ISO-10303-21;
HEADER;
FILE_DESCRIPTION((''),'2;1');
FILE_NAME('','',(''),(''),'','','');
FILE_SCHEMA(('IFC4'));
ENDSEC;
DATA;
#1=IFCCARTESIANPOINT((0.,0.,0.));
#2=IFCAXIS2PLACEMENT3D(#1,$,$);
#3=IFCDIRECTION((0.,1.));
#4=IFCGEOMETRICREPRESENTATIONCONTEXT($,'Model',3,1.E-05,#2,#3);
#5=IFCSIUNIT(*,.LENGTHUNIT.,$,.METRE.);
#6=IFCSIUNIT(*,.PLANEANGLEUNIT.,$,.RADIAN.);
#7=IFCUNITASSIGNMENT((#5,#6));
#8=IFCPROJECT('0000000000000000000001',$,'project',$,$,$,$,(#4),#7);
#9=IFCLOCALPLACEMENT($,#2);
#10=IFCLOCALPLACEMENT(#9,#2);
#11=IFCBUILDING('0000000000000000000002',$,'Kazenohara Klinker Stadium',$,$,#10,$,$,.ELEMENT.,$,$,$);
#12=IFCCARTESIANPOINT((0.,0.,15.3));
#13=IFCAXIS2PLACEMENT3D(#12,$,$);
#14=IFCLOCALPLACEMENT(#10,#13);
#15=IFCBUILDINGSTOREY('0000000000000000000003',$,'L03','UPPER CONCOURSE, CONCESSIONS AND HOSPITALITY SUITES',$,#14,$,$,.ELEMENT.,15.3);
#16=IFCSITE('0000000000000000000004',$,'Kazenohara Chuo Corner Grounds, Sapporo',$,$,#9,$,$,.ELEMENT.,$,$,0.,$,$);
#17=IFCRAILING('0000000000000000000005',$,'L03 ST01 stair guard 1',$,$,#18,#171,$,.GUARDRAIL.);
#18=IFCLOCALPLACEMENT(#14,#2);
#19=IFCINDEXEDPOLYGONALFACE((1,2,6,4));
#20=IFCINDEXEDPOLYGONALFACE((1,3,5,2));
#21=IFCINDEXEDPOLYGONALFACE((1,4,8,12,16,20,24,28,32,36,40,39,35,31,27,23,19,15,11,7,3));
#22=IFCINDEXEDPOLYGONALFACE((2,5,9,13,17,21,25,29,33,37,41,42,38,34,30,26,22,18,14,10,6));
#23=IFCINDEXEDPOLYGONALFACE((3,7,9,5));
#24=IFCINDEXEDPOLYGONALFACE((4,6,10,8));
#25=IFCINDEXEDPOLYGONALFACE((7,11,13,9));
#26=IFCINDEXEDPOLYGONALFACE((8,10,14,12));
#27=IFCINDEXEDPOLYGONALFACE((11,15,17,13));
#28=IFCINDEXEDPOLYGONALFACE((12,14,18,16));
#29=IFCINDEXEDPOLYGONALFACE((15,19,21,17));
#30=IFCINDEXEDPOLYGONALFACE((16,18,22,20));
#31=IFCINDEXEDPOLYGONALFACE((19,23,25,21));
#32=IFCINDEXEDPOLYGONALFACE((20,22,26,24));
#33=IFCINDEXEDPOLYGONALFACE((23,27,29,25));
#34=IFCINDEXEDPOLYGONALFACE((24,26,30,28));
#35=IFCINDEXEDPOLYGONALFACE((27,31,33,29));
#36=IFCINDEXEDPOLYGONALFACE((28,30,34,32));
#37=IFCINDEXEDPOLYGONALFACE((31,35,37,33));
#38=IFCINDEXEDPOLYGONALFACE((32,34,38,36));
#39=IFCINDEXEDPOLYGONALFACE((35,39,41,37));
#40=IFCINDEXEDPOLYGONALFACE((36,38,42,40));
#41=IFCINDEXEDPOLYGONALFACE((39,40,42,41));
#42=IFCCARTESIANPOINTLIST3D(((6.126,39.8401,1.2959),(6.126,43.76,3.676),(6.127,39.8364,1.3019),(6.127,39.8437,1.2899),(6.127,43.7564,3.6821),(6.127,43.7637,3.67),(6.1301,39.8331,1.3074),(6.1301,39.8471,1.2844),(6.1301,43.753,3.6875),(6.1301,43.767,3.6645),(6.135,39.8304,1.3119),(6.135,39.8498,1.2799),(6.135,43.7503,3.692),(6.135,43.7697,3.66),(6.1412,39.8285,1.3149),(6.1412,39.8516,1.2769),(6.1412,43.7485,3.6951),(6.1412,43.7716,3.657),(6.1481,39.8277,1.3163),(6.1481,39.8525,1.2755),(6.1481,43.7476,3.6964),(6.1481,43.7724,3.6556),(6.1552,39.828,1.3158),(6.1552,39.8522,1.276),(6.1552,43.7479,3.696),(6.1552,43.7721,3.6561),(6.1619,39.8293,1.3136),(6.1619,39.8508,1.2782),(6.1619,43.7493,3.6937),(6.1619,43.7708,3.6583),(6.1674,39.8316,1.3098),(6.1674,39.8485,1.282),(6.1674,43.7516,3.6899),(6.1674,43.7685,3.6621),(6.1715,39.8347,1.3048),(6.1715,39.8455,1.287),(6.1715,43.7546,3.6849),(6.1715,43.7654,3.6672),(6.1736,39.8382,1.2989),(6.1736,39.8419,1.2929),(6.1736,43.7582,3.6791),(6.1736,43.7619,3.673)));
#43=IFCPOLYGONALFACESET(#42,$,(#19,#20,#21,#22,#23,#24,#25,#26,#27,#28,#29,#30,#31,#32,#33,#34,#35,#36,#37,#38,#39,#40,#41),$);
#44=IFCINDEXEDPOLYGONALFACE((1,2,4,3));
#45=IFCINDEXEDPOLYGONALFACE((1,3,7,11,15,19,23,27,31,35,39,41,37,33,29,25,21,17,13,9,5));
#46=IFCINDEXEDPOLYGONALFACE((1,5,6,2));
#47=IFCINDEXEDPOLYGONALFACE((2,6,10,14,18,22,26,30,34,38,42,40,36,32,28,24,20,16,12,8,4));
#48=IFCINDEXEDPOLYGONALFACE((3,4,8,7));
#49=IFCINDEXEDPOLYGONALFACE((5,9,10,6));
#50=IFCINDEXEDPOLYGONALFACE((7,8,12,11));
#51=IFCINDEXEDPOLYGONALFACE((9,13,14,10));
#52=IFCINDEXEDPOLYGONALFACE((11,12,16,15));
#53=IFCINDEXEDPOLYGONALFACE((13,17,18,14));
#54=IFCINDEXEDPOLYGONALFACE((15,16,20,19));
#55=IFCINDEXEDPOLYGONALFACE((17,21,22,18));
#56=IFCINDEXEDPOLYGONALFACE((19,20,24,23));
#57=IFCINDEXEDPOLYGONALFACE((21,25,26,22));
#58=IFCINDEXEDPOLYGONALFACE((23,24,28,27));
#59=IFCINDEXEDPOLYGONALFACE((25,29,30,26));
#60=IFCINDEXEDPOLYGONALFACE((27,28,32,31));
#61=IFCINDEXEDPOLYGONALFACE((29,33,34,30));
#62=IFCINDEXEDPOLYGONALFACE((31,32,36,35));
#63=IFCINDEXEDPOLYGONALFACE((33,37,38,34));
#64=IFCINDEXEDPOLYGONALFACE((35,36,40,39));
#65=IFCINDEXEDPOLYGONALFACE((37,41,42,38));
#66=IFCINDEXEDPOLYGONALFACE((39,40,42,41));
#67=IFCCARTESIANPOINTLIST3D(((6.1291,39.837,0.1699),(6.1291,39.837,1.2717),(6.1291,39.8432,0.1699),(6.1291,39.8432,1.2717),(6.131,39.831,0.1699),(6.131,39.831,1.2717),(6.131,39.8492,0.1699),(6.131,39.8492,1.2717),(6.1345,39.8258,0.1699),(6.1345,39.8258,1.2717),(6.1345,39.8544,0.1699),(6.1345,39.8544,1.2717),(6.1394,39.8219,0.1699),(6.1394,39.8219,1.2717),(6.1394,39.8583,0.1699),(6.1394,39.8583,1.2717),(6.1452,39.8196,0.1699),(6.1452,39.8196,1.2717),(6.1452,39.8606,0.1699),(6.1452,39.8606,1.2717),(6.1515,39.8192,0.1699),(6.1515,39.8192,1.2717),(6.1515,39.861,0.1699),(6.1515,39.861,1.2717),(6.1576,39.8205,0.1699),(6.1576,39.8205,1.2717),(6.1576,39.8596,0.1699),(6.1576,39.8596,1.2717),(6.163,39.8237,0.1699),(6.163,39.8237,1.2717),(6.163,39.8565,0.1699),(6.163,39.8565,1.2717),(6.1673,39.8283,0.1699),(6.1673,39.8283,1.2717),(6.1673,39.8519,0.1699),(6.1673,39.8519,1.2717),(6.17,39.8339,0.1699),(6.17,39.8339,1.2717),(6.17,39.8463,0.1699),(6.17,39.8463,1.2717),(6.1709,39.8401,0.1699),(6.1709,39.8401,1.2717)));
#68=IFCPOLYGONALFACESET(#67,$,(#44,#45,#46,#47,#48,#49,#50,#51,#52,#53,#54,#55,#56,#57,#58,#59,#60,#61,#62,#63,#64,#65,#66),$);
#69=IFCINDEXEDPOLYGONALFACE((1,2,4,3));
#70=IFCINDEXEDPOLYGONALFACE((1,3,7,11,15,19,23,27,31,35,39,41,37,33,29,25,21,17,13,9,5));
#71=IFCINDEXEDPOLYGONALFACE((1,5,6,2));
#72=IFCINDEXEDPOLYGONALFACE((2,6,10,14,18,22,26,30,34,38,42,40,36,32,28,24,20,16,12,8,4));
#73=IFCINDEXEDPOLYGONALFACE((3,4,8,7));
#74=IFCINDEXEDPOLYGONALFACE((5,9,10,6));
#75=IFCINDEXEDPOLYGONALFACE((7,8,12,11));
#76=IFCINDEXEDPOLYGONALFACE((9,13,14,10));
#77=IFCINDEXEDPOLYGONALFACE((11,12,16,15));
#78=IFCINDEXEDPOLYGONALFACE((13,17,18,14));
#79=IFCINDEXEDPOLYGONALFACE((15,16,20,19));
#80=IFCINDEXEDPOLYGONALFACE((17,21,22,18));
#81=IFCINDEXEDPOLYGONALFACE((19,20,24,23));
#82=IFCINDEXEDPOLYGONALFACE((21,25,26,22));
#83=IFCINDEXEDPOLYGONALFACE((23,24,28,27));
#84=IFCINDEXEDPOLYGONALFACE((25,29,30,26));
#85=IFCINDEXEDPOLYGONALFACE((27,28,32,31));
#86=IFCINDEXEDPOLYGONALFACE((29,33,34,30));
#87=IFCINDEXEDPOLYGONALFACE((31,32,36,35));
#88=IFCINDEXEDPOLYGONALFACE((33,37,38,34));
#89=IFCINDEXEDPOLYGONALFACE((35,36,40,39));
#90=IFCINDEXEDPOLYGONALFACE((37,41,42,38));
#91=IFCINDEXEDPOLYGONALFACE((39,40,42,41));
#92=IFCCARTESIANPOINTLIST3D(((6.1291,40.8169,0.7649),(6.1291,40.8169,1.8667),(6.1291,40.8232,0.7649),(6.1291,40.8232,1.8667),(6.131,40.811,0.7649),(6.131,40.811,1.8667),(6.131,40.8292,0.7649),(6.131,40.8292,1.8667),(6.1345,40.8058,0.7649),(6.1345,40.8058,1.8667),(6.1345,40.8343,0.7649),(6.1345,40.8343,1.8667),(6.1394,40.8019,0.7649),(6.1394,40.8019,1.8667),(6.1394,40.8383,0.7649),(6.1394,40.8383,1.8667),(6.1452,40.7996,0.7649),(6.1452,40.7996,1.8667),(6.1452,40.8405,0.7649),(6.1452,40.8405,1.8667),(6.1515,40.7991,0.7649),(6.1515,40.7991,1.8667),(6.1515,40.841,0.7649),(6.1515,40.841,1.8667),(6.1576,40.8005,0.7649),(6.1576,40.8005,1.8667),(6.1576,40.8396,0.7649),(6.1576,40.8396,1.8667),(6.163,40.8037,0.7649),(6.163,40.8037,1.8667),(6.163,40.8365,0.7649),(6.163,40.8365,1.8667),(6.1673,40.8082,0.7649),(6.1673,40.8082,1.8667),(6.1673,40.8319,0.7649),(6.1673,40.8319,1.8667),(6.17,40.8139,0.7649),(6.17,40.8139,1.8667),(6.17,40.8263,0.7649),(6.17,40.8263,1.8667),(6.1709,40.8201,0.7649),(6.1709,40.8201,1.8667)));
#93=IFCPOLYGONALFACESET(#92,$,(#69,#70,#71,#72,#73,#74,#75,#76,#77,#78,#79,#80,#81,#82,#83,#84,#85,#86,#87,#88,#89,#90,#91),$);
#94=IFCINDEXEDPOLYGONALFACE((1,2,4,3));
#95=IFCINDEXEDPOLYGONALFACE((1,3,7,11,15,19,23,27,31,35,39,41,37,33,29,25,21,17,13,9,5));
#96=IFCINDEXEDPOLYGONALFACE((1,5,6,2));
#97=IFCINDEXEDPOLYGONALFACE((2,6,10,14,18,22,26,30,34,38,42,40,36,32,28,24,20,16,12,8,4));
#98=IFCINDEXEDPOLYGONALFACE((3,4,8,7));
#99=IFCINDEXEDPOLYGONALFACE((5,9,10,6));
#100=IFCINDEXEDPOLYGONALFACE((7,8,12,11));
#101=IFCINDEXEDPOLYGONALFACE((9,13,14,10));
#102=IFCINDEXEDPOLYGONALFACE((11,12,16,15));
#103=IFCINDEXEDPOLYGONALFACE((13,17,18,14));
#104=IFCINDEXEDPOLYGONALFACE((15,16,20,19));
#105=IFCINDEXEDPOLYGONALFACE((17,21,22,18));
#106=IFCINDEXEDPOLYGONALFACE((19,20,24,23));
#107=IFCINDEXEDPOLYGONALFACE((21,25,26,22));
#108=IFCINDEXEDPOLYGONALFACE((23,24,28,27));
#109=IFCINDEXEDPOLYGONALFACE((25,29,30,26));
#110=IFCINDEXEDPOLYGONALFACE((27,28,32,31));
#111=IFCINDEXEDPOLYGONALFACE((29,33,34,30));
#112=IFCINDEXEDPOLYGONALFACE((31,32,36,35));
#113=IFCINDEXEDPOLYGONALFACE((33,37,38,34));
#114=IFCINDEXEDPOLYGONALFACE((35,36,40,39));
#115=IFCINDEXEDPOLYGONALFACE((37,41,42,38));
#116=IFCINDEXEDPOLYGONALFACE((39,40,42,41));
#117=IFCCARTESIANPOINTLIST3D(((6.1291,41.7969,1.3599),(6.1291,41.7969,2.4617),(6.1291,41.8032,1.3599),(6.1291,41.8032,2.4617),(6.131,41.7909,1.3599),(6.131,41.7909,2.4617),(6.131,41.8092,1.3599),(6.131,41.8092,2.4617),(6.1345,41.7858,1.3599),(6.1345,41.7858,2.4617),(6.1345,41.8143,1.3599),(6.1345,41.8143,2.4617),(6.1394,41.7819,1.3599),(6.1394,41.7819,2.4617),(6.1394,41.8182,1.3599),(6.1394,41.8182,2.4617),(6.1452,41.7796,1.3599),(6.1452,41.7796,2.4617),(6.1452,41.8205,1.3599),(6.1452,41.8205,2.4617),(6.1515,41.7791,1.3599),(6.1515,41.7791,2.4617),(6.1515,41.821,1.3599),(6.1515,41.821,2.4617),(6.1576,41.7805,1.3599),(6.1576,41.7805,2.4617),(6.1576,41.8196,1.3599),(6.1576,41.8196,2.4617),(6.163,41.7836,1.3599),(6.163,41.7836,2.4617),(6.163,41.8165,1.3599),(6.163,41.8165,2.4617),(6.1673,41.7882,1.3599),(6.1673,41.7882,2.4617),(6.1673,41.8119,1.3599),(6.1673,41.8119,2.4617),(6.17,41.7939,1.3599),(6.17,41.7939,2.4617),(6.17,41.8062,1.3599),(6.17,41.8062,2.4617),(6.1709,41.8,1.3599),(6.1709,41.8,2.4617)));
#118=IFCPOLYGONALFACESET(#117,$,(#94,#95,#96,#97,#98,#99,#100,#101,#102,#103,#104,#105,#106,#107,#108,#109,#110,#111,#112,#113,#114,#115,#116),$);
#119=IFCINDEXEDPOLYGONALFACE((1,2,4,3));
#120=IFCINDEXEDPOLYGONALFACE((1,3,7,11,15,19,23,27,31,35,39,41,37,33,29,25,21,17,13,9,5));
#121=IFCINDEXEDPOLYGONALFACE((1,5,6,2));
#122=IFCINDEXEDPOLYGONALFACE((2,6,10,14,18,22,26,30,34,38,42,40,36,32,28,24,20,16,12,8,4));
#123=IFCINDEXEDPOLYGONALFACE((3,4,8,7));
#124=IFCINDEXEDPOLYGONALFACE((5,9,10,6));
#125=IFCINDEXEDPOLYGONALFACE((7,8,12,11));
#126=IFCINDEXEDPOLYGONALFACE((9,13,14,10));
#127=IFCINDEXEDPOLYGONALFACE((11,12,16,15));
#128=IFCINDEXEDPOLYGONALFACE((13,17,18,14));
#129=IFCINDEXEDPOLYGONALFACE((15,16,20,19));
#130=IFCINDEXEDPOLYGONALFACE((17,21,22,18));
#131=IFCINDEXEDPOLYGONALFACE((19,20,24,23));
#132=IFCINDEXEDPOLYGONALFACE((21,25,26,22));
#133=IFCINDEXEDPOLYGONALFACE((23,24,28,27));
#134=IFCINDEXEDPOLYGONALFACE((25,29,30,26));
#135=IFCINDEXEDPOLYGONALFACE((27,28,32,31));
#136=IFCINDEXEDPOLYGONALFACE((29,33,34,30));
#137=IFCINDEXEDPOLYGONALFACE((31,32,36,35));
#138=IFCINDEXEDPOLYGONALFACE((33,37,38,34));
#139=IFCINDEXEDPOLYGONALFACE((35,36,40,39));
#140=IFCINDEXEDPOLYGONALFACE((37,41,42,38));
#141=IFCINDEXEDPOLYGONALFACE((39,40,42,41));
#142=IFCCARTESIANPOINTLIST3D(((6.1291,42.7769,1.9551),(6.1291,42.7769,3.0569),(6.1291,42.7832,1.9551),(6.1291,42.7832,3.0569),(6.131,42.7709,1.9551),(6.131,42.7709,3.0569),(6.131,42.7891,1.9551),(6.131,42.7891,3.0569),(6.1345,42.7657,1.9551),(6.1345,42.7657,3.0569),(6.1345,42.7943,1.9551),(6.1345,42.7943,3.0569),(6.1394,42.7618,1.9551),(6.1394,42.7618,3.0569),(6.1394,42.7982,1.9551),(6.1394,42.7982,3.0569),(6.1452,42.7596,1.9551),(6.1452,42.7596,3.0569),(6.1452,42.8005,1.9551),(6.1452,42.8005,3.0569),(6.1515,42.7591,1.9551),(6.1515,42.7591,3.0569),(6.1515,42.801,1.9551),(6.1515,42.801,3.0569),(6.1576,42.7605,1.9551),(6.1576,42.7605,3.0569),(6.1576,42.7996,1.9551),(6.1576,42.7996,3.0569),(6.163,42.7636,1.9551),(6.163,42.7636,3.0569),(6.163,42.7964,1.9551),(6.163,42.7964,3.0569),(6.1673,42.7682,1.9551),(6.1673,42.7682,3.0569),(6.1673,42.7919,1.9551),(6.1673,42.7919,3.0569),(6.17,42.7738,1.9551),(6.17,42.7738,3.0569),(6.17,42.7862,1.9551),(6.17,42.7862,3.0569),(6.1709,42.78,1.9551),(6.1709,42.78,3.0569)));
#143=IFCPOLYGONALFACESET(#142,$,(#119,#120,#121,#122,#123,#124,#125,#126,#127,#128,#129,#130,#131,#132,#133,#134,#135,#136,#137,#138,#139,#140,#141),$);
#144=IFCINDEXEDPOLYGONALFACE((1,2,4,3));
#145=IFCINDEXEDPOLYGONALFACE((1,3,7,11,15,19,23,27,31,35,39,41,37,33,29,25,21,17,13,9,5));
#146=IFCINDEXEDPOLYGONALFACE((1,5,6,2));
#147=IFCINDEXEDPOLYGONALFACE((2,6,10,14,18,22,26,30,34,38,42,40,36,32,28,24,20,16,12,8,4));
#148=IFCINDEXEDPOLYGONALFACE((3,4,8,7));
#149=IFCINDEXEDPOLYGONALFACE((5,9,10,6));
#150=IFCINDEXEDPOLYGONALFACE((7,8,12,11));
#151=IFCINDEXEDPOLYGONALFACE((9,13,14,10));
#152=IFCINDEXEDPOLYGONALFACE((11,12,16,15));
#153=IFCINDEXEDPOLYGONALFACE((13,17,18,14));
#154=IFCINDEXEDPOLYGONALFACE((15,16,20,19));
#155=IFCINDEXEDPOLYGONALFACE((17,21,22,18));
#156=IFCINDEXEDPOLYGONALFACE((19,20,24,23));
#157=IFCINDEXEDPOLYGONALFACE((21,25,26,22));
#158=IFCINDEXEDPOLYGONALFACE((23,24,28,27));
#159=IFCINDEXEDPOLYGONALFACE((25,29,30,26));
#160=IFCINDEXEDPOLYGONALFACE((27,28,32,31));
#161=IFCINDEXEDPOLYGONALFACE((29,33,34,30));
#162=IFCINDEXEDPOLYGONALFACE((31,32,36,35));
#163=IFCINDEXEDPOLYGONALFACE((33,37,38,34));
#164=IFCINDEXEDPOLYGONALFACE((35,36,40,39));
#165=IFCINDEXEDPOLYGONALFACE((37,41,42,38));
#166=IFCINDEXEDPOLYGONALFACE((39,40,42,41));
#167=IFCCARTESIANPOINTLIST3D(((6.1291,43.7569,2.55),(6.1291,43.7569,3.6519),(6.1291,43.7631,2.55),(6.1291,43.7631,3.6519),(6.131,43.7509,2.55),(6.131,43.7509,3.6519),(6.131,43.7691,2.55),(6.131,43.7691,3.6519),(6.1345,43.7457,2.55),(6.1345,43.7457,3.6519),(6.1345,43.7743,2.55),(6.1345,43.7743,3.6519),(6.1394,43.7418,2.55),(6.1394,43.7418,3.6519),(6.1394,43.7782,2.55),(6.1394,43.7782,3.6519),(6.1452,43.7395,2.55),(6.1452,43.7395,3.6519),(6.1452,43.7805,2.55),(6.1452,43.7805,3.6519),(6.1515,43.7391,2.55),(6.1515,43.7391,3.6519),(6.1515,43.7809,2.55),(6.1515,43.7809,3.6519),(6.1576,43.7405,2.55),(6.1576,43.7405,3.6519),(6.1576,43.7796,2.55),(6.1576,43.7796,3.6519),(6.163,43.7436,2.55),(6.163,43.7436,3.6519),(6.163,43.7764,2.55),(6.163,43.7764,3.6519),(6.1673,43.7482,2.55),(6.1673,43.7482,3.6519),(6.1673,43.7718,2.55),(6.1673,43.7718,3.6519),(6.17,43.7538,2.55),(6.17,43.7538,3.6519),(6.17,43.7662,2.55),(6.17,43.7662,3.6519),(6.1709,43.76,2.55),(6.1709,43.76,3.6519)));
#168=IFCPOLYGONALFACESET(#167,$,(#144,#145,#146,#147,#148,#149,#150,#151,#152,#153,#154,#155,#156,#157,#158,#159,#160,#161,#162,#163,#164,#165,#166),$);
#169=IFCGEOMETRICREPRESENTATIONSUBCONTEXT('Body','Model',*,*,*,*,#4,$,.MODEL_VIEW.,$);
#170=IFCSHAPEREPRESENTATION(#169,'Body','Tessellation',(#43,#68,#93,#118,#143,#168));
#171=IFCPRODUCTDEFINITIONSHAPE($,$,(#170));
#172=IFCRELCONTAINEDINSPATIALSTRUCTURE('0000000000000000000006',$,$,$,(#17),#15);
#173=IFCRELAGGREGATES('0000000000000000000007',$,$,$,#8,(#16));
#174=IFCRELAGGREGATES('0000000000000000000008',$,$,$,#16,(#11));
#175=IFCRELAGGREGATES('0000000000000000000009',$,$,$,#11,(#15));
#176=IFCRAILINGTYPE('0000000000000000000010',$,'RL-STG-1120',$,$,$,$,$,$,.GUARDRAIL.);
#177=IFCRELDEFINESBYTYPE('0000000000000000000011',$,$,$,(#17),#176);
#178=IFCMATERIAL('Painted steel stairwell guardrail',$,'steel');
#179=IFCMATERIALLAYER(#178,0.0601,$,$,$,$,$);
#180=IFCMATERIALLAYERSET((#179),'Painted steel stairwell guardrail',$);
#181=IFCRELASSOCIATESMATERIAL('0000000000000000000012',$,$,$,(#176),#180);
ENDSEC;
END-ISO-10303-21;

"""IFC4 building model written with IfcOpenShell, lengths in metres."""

from ifc_helpers import new_model, si_unit, direction, frame, origin, origin_2d, place, context, subcontext, project, spatial, circle, extrude, material, layer, layer_set, type_object, element, save


model = new_model("IFC4")

# Units and contexts
model_context = context("Model", 3, precision=1e-05, world=origin(), true_north=direction((0.0, 1.0)))
body_context = subcontext(model_context, "Body", "Model", "MODEL_VIEW")
ifc_project = project(units=[si_unit("LENGTHUNIT", "METRE"), si_unit("PLANEANGLEUNIT", "RADIAN")], contexts=[model_context])

# Site, building, storey
site_placement = place(None, origin())
site = spatial("IfcSite", under=ifc_project, at=site_placement, Name="Kazenohara Chuo Corner Grounds, Sapporo", CompositionType="ELEMENT", RefElevation=0.0)
building_placement = place(site_placement, origin())
building = spatial("IfcBuilding", under=site, at=building_placement, Name="Kazenohara Klinker Stadium", CompositionType="ELEMENT")
storey_placement = place(building_placement, frame((0.0, 0.0, 15.3)))
storey = spatial("IfcBuildingStorey", under=building, at=storey_placement, Name="L03", Description="UPPER CONCOURSE, CONCESSIONS AND HOSPITALITY SUITES", CompositionType="ELEMENT", Elevation=15.3)

# Railing
ifc_material_1 = material(Name="Painted steel stairwell guardrail", Category="steel")
ifc_layer_1 = layer(ifc_material_1, 0.0601)
ifc_layer_set_1 = layer_set([ifc_layer_1], Name="Painted steel stairwell guardrail")
railing_type_1 = type_object("IfcRailingType", Name="RL-STG-1120", PredefinedType="GUARDRAIL", material=ifc_layer_set_1)
railing_1_placement = place(storey_placement, frame((6.1499, 39.8401, 0.1699)))
element("IfcRailing", 1, at=railing_1_placement, inside=storey, type_object=railing_type_1, Name="L03 ST01 stair guard 1", PredefinedType="GUARDRAIL", context=body_context, shape_type="SweptSolid", body=[
    extrude(circle(Radius=0.0239, at=origin_2d()), frame((0.0, 0.0, 1.126), z_axis=(0.0, 0.854771, 0.519006), x_axis=(-1.0, 0.0, 0.0)), (0.0, 0.0, 1.0), 4.5859),
    extrude(circle(Radius=0.021, at=origin_2d()), origin(), (0.0, 0.0, 1.0), 1.1018),
    extrude(circle(Radius=0.021, at=origin_2d()), frame((0.0, 0.98, 0.595)), (0.0, 0.0, 1.0), 1.1018),
    extrude(circle(Radius=0.021, at=origin_2d()), frame((0.0, 1.96, 1.1899)), (0.0, 0.0, 1.0), 1.1018),
    extrude(circle(Radius=0.021, at=origin_2d()), frame((0.0, 2.9399, 1.7852)), (0.0, 0.0, 1.0), 1.1018),
    extrude(circle(Radius=0.021, at=origin_2d()), frame((0.0, 3.9199, 2.3801)), (0.0, 0.0, 1.0), 1.1018),
])

save(model, "model.ifc")
